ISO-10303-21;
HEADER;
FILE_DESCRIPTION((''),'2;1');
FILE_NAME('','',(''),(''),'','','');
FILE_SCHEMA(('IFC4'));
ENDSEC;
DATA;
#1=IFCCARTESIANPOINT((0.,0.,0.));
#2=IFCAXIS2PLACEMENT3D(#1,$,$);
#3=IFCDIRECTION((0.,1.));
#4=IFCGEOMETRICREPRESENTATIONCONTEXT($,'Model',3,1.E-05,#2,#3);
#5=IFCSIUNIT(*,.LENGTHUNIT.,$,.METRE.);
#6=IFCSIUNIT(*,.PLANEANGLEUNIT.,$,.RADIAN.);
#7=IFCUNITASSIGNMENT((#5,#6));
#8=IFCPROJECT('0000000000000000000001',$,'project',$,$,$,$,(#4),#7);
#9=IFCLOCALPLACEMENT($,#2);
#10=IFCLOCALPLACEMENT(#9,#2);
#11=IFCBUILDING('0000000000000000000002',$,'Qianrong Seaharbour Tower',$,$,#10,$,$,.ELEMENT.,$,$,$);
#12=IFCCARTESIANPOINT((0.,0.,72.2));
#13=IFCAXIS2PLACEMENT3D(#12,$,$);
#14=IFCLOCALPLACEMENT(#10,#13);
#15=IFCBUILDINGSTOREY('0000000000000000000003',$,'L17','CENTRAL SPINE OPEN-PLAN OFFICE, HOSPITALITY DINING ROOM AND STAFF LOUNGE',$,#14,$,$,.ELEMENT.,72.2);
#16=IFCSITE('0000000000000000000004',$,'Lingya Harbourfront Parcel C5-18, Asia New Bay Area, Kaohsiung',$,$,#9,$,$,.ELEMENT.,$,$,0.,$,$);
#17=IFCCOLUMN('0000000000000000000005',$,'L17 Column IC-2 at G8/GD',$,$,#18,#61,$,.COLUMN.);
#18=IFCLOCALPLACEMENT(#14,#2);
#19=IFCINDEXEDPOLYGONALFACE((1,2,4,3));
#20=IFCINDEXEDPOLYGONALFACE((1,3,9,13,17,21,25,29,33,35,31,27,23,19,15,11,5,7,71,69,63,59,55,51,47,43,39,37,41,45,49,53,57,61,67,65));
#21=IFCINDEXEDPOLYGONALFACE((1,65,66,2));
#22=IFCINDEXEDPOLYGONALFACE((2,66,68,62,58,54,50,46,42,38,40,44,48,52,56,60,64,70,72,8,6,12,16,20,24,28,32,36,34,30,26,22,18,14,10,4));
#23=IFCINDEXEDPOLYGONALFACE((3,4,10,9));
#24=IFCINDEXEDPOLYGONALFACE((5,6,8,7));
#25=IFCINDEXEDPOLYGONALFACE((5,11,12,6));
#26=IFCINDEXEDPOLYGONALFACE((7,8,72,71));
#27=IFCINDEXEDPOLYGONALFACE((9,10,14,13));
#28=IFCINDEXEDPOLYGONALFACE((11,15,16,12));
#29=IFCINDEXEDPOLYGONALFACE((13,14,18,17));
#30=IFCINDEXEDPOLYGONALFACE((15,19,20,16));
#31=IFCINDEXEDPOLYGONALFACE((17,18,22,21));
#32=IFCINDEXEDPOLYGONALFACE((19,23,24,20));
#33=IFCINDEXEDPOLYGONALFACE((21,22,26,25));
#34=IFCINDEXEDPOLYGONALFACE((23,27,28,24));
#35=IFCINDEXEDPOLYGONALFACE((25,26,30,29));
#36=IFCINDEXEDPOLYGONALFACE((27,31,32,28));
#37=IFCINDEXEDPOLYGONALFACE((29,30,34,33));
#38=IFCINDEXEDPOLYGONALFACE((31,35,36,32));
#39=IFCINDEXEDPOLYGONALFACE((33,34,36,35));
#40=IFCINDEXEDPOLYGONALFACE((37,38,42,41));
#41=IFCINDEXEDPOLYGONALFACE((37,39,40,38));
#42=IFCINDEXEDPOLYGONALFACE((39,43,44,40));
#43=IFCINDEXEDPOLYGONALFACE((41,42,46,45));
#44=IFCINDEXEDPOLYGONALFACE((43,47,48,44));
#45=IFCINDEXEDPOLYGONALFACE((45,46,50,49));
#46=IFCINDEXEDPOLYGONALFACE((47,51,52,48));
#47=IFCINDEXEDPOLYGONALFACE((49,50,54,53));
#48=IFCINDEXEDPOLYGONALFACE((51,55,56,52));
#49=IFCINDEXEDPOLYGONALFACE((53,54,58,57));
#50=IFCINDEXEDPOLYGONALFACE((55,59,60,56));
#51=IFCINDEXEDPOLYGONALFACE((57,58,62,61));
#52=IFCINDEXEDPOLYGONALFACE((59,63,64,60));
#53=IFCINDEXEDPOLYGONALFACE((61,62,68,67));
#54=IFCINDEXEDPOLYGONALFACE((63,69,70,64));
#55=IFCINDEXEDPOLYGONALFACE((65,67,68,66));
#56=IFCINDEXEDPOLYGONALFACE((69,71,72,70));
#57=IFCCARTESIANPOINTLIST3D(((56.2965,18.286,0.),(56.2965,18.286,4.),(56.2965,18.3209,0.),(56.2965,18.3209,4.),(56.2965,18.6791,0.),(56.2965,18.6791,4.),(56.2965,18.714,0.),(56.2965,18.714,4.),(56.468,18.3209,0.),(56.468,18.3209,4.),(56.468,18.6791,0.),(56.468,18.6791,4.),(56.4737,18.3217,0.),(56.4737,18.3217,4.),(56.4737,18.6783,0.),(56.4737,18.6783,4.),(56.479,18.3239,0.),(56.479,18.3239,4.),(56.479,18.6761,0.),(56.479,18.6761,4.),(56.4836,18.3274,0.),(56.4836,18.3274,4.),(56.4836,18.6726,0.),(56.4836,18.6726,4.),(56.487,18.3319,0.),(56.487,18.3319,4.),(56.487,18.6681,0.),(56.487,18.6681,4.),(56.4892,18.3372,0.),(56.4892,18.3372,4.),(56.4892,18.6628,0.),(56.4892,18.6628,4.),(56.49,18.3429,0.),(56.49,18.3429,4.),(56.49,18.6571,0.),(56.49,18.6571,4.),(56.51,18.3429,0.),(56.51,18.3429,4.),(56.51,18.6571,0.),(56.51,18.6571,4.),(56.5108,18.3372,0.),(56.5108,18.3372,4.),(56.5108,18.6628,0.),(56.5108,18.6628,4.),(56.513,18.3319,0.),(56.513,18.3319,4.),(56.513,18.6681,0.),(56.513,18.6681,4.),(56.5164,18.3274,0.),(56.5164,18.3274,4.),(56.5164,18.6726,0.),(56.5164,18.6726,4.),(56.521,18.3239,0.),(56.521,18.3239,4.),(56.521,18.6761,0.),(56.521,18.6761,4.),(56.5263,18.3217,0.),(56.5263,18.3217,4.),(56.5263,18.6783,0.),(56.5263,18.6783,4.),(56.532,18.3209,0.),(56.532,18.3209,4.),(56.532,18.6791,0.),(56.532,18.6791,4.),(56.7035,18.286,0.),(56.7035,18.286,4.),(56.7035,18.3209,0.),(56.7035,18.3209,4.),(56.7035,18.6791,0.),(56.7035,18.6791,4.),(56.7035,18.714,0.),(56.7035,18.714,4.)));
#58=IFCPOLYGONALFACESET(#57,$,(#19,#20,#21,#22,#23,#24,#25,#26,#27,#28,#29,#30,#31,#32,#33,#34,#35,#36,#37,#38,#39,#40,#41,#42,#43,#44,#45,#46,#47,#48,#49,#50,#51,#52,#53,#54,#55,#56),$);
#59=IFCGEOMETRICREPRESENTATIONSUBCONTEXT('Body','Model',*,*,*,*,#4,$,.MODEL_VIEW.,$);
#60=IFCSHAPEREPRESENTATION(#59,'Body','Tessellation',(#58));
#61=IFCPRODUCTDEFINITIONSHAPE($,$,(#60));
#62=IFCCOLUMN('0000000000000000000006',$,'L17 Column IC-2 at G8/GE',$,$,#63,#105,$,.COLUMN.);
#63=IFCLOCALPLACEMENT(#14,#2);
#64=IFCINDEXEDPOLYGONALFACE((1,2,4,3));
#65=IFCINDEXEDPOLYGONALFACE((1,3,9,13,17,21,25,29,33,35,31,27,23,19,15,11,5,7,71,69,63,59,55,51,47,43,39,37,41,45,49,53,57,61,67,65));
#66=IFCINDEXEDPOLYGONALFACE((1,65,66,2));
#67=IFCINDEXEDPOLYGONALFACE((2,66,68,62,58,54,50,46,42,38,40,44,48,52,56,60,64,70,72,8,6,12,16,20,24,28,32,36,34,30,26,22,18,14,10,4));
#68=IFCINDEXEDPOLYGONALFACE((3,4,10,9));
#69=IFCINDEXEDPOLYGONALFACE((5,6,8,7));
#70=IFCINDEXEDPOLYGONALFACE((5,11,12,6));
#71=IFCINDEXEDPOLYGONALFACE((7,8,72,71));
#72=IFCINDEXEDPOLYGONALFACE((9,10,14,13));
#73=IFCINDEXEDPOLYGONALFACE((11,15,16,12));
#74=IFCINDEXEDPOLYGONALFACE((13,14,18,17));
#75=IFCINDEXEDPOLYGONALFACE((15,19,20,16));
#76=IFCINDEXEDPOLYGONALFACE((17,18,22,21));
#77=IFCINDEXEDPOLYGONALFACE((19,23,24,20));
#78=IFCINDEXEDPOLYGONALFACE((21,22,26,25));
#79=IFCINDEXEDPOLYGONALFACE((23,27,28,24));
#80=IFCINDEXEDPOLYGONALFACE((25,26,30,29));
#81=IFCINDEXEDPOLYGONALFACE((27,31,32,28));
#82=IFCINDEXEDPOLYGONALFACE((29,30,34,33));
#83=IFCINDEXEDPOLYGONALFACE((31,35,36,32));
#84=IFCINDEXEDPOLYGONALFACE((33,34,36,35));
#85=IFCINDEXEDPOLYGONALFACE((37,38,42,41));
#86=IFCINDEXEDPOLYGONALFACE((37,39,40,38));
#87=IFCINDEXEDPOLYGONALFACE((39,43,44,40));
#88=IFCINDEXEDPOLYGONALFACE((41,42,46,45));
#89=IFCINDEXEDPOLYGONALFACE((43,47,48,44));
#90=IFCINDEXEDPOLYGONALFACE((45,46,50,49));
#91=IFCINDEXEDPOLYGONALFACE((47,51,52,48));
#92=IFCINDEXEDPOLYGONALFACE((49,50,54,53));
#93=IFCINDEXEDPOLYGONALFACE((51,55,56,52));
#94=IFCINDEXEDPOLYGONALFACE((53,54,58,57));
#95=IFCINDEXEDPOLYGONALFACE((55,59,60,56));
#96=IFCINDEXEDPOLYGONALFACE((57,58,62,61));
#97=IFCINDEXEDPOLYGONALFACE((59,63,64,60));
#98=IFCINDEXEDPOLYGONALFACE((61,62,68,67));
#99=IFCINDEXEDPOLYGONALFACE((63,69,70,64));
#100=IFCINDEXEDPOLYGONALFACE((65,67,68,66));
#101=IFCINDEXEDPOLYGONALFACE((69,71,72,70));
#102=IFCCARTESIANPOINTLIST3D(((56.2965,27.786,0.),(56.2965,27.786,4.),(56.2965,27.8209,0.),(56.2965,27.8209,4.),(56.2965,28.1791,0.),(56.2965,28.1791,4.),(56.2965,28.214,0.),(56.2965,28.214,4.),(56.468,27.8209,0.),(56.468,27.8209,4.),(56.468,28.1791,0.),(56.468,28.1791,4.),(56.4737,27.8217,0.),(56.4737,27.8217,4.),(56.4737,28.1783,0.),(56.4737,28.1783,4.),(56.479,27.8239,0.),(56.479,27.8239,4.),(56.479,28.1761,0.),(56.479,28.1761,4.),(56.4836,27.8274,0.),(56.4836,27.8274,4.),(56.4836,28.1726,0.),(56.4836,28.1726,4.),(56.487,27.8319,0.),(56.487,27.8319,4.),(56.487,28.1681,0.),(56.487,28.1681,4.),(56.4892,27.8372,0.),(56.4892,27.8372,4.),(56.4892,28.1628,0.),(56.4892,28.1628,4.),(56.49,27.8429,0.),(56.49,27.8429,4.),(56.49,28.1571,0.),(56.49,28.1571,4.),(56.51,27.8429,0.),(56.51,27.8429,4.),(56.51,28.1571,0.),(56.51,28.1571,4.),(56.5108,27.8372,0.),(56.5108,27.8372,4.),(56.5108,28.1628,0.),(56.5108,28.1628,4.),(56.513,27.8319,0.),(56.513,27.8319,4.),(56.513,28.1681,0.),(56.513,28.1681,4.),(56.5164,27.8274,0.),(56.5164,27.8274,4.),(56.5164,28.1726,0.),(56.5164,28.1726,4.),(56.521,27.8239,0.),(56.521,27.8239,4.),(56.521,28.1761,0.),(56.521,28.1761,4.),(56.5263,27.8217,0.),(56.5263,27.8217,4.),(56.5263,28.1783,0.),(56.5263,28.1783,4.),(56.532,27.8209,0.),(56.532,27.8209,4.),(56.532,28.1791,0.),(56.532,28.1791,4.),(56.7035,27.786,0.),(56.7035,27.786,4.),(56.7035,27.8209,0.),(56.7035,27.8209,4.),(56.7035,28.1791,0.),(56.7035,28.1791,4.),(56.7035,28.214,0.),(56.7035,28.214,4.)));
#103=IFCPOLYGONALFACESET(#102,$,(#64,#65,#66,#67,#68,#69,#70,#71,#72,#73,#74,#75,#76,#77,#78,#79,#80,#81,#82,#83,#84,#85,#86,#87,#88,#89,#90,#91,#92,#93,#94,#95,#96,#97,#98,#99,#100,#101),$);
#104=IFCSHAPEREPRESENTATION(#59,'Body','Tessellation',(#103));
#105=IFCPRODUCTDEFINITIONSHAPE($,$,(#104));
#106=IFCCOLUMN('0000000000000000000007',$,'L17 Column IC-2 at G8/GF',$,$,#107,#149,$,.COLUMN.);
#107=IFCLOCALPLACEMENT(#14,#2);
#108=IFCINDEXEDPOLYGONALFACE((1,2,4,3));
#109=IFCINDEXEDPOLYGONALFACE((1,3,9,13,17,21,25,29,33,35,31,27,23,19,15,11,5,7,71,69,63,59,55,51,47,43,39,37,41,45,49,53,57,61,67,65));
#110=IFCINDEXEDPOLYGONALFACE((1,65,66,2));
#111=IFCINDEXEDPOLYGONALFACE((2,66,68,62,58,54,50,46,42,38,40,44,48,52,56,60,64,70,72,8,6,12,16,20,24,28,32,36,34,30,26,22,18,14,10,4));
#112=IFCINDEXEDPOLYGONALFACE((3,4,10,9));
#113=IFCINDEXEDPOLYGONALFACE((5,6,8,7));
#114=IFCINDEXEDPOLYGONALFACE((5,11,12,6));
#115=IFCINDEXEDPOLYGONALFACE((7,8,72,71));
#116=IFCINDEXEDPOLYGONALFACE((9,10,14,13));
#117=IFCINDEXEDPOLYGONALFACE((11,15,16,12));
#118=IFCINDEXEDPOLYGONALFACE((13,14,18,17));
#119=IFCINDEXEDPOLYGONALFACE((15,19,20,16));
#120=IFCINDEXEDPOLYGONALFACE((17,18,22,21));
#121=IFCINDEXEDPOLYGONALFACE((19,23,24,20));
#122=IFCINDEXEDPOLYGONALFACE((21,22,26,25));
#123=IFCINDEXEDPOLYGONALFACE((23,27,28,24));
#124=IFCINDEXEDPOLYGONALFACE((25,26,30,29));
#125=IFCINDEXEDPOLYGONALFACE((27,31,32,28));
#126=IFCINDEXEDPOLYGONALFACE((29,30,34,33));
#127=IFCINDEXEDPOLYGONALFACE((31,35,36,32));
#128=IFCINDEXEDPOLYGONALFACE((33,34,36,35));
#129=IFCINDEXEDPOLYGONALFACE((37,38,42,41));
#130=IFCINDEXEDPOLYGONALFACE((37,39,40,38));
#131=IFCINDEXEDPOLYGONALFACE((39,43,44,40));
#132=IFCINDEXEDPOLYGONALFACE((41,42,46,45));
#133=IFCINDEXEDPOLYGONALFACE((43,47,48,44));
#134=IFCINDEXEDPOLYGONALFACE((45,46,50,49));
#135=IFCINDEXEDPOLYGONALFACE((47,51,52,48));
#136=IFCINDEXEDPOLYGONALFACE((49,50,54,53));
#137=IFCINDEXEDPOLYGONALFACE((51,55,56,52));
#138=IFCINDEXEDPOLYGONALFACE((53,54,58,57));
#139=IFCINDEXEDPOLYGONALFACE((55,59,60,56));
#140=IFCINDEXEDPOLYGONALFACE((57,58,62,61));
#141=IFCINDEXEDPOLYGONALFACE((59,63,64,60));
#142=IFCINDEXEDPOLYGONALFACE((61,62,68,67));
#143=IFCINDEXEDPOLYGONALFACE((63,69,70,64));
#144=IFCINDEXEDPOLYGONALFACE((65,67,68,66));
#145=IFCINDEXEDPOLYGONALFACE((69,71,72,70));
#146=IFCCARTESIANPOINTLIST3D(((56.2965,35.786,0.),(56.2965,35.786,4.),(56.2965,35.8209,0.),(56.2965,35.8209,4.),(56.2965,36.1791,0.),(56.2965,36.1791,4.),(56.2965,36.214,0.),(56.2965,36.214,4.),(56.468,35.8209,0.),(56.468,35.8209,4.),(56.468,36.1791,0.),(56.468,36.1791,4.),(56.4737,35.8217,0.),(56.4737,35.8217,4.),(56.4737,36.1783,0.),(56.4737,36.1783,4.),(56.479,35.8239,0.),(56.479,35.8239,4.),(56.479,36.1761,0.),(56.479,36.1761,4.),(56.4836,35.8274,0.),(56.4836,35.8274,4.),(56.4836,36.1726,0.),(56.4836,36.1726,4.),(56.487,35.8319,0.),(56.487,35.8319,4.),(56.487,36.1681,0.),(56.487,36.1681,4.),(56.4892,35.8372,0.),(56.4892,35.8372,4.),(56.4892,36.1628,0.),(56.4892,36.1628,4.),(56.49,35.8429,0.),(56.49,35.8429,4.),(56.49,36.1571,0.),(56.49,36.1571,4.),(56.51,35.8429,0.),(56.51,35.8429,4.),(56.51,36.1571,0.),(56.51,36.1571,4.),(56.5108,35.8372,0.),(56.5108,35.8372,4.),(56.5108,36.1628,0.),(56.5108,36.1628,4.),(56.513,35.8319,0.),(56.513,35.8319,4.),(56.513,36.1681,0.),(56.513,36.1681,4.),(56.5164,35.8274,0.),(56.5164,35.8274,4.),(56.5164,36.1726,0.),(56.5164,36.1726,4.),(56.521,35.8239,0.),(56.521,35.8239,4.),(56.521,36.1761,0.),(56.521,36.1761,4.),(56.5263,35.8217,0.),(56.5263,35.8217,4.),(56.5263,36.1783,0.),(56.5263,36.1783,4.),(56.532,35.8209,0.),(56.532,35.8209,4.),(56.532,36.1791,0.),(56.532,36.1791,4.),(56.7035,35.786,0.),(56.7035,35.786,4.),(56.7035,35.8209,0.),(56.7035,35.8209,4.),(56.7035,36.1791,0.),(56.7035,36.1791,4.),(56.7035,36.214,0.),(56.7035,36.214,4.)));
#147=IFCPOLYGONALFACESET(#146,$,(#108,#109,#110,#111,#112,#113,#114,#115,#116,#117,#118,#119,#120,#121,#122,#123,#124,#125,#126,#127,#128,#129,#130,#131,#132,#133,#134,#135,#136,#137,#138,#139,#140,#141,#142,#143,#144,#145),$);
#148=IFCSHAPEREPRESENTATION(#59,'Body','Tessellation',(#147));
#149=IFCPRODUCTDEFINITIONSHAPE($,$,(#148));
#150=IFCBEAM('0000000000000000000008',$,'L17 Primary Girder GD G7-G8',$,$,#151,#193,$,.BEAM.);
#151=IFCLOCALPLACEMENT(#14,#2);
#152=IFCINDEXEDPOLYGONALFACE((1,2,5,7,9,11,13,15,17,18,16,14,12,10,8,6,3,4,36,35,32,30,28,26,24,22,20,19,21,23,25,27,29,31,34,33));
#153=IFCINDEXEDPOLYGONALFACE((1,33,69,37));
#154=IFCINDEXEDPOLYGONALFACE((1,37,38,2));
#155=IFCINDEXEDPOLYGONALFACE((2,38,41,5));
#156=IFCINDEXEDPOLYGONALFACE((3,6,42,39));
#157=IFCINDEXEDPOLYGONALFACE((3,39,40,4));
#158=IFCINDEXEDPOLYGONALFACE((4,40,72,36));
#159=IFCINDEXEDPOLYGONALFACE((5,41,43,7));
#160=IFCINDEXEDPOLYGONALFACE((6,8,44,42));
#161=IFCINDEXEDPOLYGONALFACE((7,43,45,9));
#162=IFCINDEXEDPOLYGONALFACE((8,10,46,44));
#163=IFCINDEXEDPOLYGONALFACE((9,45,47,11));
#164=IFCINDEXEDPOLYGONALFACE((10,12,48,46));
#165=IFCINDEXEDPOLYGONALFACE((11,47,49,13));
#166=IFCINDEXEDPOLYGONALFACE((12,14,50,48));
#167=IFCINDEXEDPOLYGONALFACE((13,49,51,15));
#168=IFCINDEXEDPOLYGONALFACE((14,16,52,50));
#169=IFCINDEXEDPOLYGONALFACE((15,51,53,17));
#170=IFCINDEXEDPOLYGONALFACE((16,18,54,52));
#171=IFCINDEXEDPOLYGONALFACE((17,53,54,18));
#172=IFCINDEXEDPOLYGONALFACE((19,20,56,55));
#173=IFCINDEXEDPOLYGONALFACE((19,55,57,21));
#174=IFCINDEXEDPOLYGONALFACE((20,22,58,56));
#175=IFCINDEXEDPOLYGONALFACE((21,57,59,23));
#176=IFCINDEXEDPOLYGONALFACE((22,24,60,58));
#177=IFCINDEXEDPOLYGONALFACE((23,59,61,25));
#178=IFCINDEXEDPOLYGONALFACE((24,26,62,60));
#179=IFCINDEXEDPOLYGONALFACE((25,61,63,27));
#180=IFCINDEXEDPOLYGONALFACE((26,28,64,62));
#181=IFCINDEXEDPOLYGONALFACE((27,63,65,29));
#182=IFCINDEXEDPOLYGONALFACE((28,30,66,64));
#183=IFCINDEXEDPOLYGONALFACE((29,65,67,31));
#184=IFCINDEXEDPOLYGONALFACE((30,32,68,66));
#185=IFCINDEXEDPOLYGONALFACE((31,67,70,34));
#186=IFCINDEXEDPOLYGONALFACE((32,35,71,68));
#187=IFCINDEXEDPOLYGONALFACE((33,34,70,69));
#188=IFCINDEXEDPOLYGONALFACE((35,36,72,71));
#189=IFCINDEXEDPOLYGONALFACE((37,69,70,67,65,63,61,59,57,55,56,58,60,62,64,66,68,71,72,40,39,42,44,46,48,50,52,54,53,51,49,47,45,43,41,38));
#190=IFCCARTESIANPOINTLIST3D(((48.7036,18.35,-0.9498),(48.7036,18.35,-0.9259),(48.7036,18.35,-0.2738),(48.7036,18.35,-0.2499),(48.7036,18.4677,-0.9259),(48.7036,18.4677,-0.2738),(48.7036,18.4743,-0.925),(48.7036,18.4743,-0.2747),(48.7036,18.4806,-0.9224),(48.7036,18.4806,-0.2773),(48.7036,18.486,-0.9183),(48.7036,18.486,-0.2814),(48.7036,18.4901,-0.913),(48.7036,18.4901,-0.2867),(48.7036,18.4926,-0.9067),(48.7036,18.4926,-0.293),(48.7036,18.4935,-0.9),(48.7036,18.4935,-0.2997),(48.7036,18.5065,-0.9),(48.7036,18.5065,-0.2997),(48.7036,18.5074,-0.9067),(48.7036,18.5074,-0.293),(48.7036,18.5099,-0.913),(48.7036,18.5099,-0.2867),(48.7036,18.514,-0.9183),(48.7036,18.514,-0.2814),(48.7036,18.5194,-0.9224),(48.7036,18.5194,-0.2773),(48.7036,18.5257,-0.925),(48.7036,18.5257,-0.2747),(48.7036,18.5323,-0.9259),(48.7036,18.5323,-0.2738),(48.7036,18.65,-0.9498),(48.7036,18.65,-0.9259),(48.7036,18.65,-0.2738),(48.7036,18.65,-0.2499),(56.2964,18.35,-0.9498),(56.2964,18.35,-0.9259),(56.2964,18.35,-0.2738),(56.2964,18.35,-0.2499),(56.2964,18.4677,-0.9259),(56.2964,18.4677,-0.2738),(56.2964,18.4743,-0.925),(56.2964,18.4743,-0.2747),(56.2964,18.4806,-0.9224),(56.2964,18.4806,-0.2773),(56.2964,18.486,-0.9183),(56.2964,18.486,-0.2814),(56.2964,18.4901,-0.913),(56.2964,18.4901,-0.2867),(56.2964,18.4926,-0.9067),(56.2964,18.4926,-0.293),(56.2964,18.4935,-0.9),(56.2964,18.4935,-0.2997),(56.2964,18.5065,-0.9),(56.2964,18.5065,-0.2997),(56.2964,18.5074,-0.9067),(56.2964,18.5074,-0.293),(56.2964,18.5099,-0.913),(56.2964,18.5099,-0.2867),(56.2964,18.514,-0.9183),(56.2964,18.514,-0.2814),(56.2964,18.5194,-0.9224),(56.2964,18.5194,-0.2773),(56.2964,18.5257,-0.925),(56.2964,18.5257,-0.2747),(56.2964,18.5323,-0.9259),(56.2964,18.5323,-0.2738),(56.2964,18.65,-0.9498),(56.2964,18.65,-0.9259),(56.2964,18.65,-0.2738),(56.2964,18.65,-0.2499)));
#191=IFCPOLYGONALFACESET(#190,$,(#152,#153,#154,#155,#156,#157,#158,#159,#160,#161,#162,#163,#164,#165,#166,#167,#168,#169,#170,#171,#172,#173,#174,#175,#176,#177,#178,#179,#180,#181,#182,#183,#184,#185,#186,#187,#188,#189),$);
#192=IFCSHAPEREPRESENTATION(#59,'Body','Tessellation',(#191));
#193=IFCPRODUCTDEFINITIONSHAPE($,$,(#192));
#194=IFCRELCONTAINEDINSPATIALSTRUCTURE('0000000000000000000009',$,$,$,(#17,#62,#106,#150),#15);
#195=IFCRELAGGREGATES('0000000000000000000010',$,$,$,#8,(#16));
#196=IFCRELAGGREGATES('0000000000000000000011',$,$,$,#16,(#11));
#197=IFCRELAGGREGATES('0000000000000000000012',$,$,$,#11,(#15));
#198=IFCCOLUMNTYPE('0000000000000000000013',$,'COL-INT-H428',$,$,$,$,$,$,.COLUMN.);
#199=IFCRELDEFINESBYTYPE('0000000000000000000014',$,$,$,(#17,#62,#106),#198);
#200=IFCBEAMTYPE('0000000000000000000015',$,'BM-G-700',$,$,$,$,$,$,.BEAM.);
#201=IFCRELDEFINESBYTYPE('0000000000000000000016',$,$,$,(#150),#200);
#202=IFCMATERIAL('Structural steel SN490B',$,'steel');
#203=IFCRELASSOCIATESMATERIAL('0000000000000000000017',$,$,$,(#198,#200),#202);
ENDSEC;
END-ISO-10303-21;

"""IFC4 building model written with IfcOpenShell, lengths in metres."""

from ifc_helpers import new_model, si_unit, direction, frame, origin, origin_2d, place, context, subcontext, project, spatial, i_section, extrude, material, material_profile, profile_set, type_object, element, save


model = new_model("IFC4")

# Units and contexts
model_context = context("Model", 3, precision=1e-05, world=origin(), true_north=direction((0.0, 1.0)))
body_context = subcontext(model_context, "Body", "Model", "MODEL_VIEW")
ifc_project = project(units=[si_unit("LENGTHUNIT", "METRE"), si_unit("PLANEANGLEUNIT", "RADIAN")], contexts=[model_context])

# Site, building, storey
site_placement = place(None, origin())
site = spatial("IfcSite", under=ifc_project, at=site_placement, Name="Lingya Harbourfront Parcel C5-18, Asia New Bay Area, Kaohsiung", CompositionType="ELEMENT", RefElevation=0.0)
building_placement = place(site_placement, origin())
building = spatial("IfcBuilding", under=site, at=building_placement, Name="Qianrong Seaharbour Tower", CompositionType="ELEMENT")
storey_placement = place(building_placement, frame((0.0, 0.0, 72.2)))
storey = spatial("IfcBuildingStorey", under=building, at=storey_placement, Name="L17", Description="CENTRAL SPINE OPEN-PLAN OFFICE, HOSPITALITY DINING ROOM AND STAFF LOUNGE", CompositionType="ELEMENT", Elevation=72.2)

# Columns
ifc_material_1 = material(Name="Structural steel SN490B", Category="steel")
ifc_material_profile_1 = material_profile(ifc_material_1, i_section(OverallWidth=0.407, OverallDepth=0.428, WebThickness=0.02, FlangeThickness=0.0349, FilletRadius=0.022, at=origin_2d()), Name="H428x407x20x35")
ifc_profile_set_1 = profile_set([ifc_material_profile_1], Name="Structural steel SN490B")
column_type_1 = type_object("IfcColumnType", Name="COL-INT-H428", PredefinedType="COLUMN", material=ifc_profile_set_1)
for number, where, z_axis, x_axis, name in (
    (1, (56.5, 18.5, 0.0), (0.0, 0.0, 1.0), (1.0, 0.0, 0.0), "L17 Column IC-2 at G8/GD"),
    (2, (56.5, 28.0, 0.0), (0.0, 0.0, 1.0), (1.0, 0.0, 0.0), "L17 Column IC-2 at G8/GE"),
    (3, (56.5, 36.0, 0.0), (0.0, 0.0, 1.0), (1.0, 0.0, 0.0), "L17 Column IC-2 at G8/GF"),
):
    element("IfcColumn", number, at=place(storey_placement, frame(where, z_axis=z_axis, x_axis=x_axis)), inside=storey, type_object=column_type_1, Name=name, PredefinedType="COLUMN", context=body_context, shape_type="SweptSolid", body=[
        extrude(i_section(OverallWidth=0.407, OverallDepth=0.428, WebThickness=0.02, FlangeThickness=0.0349, FilletRadius=0.022, at=origin_2d()), origin(), (0.0, 0.0, 1.0), 4.0),
    ])

# Beam
ifc_material_profile_2 = material_profile(ifc_material_1, i_section(OverallWidth=0.3, OverallDepth=0.7, WebThickness=0.0129, FlangeThickness=0.0239, FilletRadius=0.0259, at=origin_2d()), Name="H700x300x13x24")
ifc_profile_set_2 = profile_set([ifc_material_profile_2], Name="Structural steel SN490B")
beam_type_1 = type_object("IfcBeamType", Name="BM-G-700", PredefinedType="BEAM", material=ifc_profile_set_2)
beam_1_placement = place(storey_placement, frame((48.7036, 18.5, -0.5999), z_axis=(1.0, 0.0, 0.0), x_axis=(0.0, 1.0, 0.0)))
element("IfcBeam", 4, at=beam_1_placement, inside=storey, type_object=beam_type_1, Name="L17 Primary Girder GD G7-G8", PredefinedType="BEAM", context=body_context, shape_type="SweptSolid", body=[
    extrude(i_section(OverallWidth=0.3, OverallDepth=0.7, WebThickness=0.0129, FlangeThickness=0.0239, FilletRadius=0.0259, at=origin_2d()), origin(), (0.0, 0.0, 1.0), 7.5928),
])

save(model, "model.ifc")
